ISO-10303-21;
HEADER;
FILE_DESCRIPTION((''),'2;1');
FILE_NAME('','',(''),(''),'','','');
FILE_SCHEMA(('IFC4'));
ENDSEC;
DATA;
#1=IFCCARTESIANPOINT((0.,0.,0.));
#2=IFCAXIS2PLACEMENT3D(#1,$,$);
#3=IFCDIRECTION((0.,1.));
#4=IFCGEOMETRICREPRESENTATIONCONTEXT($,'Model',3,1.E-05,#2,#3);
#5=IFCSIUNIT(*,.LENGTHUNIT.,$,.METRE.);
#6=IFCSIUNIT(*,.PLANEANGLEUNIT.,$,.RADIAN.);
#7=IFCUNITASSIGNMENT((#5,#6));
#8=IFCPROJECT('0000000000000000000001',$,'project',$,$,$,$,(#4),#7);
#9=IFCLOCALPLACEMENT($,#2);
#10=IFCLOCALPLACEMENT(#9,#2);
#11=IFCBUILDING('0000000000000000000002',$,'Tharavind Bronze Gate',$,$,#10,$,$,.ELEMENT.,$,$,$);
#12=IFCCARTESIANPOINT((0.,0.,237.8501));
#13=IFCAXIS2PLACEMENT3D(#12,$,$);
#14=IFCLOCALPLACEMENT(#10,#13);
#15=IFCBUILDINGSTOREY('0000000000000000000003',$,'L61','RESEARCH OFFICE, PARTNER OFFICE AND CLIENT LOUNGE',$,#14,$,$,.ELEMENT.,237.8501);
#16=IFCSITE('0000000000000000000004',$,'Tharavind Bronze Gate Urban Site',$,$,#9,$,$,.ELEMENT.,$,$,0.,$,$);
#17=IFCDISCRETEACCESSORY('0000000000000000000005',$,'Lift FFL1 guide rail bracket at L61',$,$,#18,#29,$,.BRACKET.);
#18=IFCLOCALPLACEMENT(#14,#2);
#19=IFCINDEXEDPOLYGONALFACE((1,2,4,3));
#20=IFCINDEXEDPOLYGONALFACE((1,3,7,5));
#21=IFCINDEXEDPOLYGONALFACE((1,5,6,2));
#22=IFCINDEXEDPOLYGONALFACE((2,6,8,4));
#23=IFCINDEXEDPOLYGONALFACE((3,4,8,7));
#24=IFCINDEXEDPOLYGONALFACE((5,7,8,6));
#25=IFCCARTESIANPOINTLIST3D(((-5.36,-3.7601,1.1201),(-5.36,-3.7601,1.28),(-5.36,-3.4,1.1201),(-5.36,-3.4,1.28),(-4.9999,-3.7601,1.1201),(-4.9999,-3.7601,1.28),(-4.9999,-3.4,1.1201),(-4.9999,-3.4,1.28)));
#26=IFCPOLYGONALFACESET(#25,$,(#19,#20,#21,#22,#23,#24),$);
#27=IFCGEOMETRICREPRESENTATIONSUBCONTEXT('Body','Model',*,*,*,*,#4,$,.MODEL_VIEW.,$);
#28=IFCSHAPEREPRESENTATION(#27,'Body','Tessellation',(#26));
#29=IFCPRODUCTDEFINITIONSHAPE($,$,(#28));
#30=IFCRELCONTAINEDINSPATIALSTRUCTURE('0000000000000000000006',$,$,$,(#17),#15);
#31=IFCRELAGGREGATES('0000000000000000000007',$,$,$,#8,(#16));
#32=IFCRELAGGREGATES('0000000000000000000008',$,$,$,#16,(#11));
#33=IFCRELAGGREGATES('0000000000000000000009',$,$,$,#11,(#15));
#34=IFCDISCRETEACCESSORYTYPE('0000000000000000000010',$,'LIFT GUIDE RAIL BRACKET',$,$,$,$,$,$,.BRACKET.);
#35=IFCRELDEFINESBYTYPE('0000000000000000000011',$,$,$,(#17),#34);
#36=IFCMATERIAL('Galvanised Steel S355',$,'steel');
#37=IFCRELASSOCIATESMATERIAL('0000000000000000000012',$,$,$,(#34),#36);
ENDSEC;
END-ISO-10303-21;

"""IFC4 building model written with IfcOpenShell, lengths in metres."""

from ifc_helpers import new_model, si_unit, direction, frame, origin, origin_2d, place, context, subcontext, project, spatial, rectangle, extrude, material, type_object, element, save


model = new_model("IFC4")

# Units and contexts
model_context = context("Model", 3, precision=1e-05, world=origin(), true_north=direction((0.0, 1.0)))
body_context = subcontext(model_context, "Body", "Model", "MODEL_VIEW")
ifc_project = project(units=[si_unit("LENGTHUNIT", "METRE"), si_unit("PLANEANGLEUNIT", "RADIAN")], contexts=[model_context])

# Site, building, storey
site_placement = place(None, origin())
site = spatial("IfcSite", under=ifc_project, at=site_placement, Name="Tharavind Bronze Gate Urban Site", CompositionType="ELEMENT", RefElevation=0.0)
building_placement = place(site_placement, origin())
building = spatial("IfcBuilding", under=site, at=building_placement, Name="Tharavind Bronze Gate", CompositionType="ELEMENT")
storey_placement = place(building_placement, frame((0.0, 0.0, 237.8501)))
storey = spatial("IfcBuildingStorey", under=building, at=storey_placement, Name="L61", Description="RESEARCH OFFICE, PARTNER OFFICE AND CLIENT LOUNGE", CompositionType="ELEMENT", Elevation=237.8501)

# Discrete accessory
ifc_material_1 = material(Name="Galvanised Steel S355", Category="steel")
discrete_accessory_type = type_object("IfcDiscreteAccessoryType", Name="LIFT GUIDE RAIL BRACKET", PredefinedType="BRACKET", material=ifc_material_1)
discrete_accessory_placement = place(storey_placement, frame((-5.1799, -3.5801, 1.1201), z_axis=(0.0, 0.0, 1.0), x_axis=(1.0, 0.0, 0.0)))
element("IfcDiscreteAccessory", 1, at=discrete_accessory_placement, inside=storey, type_object=discrete_accessory_type, Name="Lift FFL1 guide rail bracket at L61", PredefinedType="BRACKET", context=body_context, shape_type="SweptSolid", body=[
    extrude(rectangle(XDim=0.3601, YDim=0.3601, at=origin_2d()), origin(), (0.0, 0.0, 1.0), 0.1599),
])

save(model, "model.ifc")
